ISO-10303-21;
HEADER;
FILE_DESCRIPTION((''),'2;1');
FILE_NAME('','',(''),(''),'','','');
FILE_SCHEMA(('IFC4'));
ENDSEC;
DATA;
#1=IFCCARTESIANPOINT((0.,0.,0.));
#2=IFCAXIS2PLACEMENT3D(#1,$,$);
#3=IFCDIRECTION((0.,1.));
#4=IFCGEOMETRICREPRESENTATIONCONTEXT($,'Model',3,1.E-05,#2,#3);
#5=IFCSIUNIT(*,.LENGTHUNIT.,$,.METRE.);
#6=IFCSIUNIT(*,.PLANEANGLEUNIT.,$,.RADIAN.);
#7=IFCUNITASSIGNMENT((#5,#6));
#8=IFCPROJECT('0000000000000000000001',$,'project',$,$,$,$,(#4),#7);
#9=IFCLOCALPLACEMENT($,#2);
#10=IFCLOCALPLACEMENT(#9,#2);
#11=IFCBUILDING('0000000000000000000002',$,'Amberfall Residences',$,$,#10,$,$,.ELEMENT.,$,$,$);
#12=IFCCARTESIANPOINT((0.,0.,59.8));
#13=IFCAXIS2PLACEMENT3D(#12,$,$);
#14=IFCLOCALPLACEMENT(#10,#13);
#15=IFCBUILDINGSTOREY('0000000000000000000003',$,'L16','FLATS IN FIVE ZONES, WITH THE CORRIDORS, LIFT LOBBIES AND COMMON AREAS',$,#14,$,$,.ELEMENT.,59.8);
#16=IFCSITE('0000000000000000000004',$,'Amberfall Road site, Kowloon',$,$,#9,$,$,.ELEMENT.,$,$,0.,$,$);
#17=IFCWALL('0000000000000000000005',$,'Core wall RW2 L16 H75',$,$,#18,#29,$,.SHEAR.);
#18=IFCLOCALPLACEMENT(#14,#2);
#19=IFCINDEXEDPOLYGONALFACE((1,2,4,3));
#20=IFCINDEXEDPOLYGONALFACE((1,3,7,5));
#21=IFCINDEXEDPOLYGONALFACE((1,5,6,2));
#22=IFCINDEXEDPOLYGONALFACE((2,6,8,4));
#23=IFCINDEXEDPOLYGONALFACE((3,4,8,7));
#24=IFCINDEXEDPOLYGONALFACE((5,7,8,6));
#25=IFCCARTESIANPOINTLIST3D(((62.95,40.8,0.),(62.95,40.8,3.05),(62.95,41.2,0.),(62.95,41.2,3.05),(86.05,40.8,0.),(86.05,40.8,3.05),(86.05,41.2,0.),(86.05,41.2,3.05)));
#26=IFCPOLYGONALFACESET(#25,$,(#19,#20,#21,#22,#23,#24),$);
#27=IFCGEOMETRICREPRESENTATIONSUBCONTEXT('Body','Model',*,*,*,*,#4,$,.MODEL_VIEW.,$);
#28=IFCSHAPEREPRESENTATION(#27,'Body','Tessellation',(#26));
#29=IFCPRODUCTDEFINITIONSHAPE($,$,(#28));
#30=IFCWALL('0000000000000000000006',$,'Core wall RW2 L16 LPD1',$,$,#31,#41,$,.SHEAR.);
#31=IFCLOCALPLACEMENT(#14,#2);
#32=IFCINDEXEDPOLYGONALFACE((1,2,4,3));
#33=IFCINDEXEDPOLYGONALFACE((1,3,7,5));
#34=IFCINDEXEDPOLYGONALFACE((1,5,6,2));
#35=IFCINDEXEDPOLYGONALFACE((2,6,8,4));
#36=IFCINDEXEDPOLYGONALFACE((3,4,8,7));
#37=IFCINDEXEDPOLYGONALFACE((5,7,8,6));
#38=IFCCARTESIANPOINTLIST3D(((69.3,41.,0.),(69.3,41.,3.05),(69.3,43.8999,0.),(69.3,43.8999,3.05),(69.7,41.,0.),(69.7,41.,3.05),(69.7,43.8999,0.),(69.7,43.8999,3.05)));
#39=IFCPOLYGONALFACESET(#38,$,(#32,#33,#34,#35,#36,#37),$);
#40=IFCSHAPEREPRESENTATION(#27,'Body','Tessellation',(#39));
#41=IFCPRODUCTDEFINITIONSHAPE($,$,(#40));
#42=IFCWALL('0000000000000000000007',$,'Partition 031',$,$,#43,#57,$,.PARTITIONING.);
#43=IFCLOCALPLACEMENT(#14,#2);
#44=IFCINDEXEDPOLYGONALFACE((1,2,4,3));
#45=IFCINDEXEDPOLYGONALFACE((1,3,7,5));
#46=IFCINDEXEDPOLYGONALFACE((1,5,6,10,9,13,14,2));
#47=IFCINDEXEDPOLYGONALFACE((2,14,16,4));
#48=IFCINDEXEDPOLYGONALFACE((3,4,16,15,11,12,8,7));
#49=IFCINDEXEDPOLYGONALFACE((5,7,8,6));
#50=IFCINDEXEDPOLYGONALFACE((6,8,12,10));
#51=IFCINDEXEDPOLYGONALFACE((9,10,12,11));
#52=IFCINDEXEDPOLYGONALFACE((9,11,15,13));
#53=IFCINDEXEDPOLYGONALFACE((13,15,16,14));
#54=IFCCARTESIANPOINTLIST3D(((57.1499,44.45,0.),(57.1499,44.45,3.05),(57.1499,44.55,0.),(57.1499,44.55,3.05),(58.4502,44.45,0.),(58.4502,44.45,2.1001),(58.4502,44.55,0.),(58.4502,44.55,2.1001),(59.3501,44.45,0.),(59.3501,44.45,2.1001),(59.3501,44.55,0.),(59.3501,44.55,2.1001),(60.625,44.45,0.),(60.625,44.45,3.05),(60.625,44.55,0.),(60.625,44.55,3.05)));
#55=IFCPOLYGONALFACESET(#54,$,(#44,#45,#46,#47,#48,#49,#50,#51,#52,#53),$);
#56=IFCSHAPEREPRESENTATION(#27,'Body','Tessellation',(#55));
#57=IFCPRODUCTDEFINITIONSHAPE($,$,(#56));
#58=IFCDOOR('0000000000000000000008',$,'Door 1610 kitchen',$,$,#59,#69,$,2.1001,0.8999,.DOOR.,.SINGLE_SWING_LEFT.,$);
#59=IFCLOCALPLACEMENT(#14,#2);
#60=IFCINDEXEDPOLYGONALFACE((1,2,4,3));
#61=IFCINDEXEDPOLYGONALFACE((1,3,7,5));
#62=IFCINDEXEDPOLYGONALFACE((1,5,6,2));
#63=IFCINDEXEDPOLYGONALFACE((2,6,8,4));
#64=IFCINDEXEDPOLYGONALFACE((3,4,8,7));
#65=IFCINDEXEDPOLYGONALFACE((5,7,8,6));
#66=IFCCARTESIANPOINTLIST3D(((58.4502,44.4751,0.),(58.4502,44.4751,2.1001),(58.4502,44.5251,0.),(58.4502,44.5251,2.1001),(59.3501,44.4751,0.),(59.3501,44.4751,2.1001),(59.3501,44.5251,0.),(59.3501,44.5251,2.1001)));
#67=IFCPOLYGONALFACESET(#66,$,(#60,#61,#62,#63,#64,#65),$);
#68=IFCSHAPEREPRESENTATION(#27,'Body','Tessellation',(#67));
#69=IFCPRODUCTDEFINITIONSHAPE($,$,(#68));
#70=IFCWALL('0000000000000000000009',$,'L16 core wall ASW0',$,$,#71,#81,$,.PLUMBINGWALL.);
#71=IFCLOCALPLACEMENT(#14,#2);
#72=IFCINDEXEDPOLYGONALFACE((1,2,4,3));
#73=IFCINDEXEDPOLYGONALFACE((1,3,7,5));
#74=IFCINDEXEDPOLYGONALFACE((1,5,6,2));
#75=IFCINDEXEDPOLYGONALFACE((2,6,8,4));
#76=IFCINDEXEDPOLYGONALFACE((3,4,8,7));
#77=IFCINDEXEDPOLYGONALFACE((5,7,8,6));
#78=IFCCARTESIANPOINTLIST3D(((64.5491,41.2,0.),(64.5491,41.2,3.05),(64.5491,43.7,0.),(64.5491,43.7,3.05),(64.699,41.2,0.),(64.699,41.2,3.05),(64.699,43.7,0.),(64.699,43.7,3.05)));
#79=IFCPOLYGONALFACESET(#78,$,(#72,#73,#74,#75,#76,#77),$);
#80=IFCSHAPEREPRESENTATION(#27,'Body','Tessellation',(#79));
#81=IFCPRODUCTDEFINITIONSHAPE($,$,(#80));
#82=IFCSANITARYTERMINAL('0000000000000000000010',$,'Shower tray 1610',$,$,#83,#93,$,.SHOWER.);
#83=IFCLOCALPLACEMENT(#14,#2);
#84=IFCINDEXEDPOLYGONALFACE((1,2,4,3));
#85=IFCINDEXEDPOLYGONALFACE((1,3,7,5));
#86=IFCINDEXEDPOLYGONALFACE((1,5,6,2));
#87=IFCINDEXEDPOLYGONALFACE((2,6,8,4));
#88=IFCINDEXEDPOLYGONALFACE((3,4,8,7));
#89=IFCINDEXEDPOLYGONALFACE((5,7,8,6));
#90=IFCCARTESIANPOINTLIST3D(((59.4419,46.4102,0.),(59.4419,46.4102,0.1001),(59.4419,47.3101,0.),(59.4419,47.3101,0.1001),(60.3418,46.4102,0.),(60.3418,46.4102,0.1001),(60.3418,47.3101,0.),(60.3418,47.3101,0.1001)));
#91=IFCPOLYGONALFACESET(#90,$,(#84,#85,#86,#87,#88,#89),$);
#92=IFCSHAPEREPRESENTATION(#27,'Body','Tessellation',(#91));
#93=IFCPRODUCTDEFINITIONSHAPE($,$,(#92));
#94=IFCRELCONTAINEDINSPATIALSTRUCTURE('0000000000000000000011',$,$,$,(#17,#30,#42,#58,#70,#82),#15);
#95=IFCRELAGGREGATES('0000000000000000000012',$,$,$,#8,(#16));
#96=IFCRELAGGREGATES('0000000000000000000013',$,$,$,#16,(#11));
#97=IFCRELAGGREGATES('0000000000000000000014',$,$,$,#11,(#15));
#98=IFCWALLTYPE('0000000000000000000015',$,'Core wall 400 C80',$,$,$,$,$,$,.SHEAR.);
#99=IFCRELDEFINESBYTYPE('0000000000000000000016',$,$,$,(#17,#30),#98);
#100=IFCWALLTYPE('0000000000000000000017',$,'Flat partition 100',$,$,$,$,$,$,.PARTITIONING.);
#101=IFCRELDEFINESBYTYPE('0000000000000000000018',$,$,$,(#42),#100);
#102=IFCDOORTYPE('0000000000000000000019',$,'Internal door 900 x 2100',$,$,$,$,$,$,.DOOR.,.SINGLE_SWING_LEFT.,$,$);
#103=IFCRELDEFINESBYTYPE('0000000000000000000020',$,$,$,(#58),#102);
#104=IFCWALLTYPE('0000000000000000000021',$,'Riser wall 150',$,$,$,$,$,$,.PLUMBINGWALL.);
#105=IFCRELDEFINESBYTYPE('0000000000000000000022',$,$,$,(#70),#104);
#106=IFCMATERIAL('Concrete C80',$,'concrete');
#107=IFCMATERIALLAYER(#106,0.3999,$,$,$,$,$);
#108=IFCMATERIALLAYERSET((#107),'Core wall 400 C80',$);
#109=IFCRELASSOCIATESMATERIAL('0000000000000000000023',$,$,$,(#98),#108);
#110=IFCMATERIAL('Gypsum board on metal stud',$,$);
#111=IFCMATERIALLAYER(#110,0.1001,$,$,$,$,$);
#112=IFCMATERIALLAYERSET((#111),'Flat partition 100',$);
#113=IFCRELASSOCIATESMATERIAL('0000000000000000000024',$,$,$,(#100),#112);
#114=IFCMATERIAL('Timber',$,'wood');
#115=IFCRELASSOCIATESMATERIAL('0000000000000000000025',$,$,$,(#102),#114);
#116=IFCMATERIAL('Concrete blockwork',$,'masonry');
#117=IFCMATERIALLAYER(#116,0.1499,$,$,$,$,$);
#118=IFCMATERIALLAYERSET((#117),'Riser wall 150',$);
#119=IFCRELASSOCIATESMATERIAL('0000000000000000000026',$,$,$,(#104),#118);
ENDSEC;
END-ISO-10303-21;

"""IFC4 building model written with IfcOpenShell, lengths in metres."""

from ifc_helpers import new_model, si_unit, direction, frame, frame_2d, origin, origin_2d, place, context, subcontext, project, spatial, rectangle, extrude, material, layer, layer_set, type_object, element, fill, save


model = new_model("IFC4")

# Units and contexts
model_context = context("Model", 3, precision=1e-05, world=origin(), true_north=direction((0.0, 1.0)))
body_context = subcontext(model_context, "Body", "Model", "MODEL_VIEW")
ifc_project = project(units=[si_unit("LENGTHUNIT", "METRE"), si_unit("PLANEANGLEUNIT", "RADIAN")], contexts=[model_context])

# Site, building, storey
site_placement = place(None, origin())
site = spatial("IfcSite", under=ifc_project, at=site_placement, Name="Amberfall Road site, Kowloon", CompositionType="ELEMENT", RefElevation=0.0)
building_placement = place(site_placement, origin())
building = spatial("IfcBuilding", under=site, at=building_placement, Name="Amberfall Residences", CompositionType="ELEMENT")
storey_placement = place(building_placement, frame((0.0, 0.0, 59.8)))
storey = spatial("IfcBuildingStorey", under=building, at=storey_placement, Name="L16", Description="FLATS IN FIVE ZONES, WITH THE CORRIDORS, LIFT LOBBIES AND COMMON AREAS", CompositionType="ELEMENT", Elevation=59.8)

# Wall
ifc_material_1 = material(Name="Concrete C80", Category="concrete")
ifc_layer_1 = layer(ifc_material_1, 0.3999)
ifc_layer_set_1 = layer_set([ifc_layer_1], Name="Core wall 400 C80")
wall_type_1 = type_object("IfcWallType", Name="Core wall 400 C80", PredefinedType="SHEAR", material=ifc_layer_set_1)
wall_1_placement = place(storey_placement, frame((62.95, 41.0, 0.0), z_axis=(0.0, 0.0, 1.0), x_axis=(1.0, 0.0, 0.0)))
element("IfcWall", 1, at=wall_1_placement, inside=storey, type_object=wall_type_1, Name="Core wall RW2 L16 H75", PredefinedType="SHEAR", context=body_context, shape_type="SweptSolid", body=[
    extrude(rectangle(XDim=23.1001, YDim=0.3999, at=frame_2d((11.55, 0.0))), origin(), (0.0, 0.0, 1.0), 3.05),
])

# Wall
wall_2_placement = place(storey_placement, frame((69.5, 41.0, 0.0), z_axis=(0.0, 0.0, 1.0), x_axis=(0.0, 1.0, 0.0)))
element("IfcWall", 2, at=wall_2_placement, inside=storey, type_object=wall_type_1, Name="Core wall RW2 L16 LPD1", PredefinedType="SHEAR", context=body_context, shape_type="SweptSolid", body=[
    extrude(rectangle(XDim=2.8999, YDim=0.3999, at=frame_2d((1.45, 0.0))), origin(), (0.0, 0.0, 1.0), 3.05),
])

# Wall, opening, door
ifc_material_2 = material(Name="Gypsum board on metal stud")
ifc_layer_2 = layer(ifc_material_2, 0.1001)
ifc_layer_set_2 = layer_set([ifc_layer_2], Name="Flat partition 100")
wall_type_2 = type_object("IfcWallType", Name="Flat partition 100", PredefinedType="PARTITIONING", material=ifc_layer_set_2)
wall_3_placement = place(storey_placement, frame((60.625, 44.5, 0.0), z_axis=(0.0, 0.0, 1.0), x_axis=(-1.0, 0.0, 0.0)))
wall_3 = element("IfcWall", 3, at=wall_3_placement, inside=storey, type_object=wall_type_2, Name="Partition 031", PredefinedType="PARTITIONING", context=body_context, shape_type="SweptSolid", body=[
    extrude(rectangle(XDim=3.4751, YDim=0.1001, at=frame_2d((1.7375, 0.0))), origin(), (0.0, 0.0, 1.0), 3.05),
])
opening_1_placement = place(wall_3_placement, frame((1.2749, 0.0, 0.0)))
opening_1 = element("IfcOpeningElement", 4, at=opening_1_placement, cuts=wall_3, PredefinedType="OPENING", context=body_context, shape_type="SweptSolid", body=[
    extrude(rectangle(XDim=0.8999, YDim=2.1001, at=frame_2d((0.45, 1.05))), frame((0.0, 0.0601, 0.0), z_axis=(0.0, -1.0, 0.0), x_axis=(1.0, 0.0, 0.0)), (0.0, 0.0, 1.0), 0.1201),
])
ifc_material_3 = material(Name="Timber", Category="wood")
door_type_1 = type_object("IfcDoorType", Name="Internal door 900 x 2100", OperationType="SINGLE_SWING_LEFT", PredefinedType="DOOR", material=ifc_material_3)
door_1_placement = place(opening_1_placement, origin())
door_1 = element("IfcDoor", 5, at=door_1_placement, inside=storey, type_object=door_type_1, Name="Door 1610 kitchen", OperationType="SINGLE_SWING_LEFT", OverallHeight=2.1001, OverallWidth=0.8999, PredefinedType="DOOR", context=body_context, shape_type="SweptSolid", body=[
    extrude(rectangle(XDim=0.8999, YDim=2.1001, at=frame_2d((0.45, 1.05))), frame((0.0, 0.0249, 0.0), z_axis=(0.0, -1.0, 0.0), x_axis=(1.0, 0.0, 0.0)), (0.0, 0.0, 1.0), 0.05),
])
fill(opening_1, door_1)

# Wall
ifc_material_4 = material(Name="Concrete blockwork", Category="masonry")
ifc_layer_3 = layer(ifc_material_4, 0.1499)
ifc_layer_set_3 = layer_set([ifc_layer_3], Name="Riser wall 150")
wall_type_3 = type_object("IfcWallType", Name="Riser wall 150", PredefinedType="PLUMBINGWALL", material=ifc_layer_set_3)
wall_4_placement = place(storey_placement, frame((64.624, 41.2, 0.0), z_axis=(0.0, 0.0, 1.0), x_axis=(0.0, 1.0, 0.0)))
element("IfcWall", 6, at=wall_4_placement, inside=storey, type_object=wall_type_3, Name="L16 core wall ASW0", PredefinedType="PLUMBINGWALL", context=body_context, shape_type="SweptSolid", body=[
    extrude(rectangle(XDim=2.5, YDim=0.1499, at=frame_2d((1.25, 0.0))), origin(), (0.0, 0.0, 1.0), 3.05),
])

# Sanitary terminal
sanitary_terminal_placement = place(storey_placement, frame((59.8918, 46.8601, 0.0), z_axis=(0.0, 0.0, 1.0), x_axis=(1.0, 0.0, 0.0)))
element("IfcSanitaryTerminal", 7, at=sanitary_terminal_placement, inside=storey, Name="Shower tray 1610", PredefinedType="SHOWER", context=body_context, shape_type="SweptSolid", body=[
    extrude(rectangle(XDim=0.8999, YDim=0.8999, at=origin_2d()), origin(), (0.0, 0.0, 1.0), 0.1001),
])

save(model, "model.ifc")
